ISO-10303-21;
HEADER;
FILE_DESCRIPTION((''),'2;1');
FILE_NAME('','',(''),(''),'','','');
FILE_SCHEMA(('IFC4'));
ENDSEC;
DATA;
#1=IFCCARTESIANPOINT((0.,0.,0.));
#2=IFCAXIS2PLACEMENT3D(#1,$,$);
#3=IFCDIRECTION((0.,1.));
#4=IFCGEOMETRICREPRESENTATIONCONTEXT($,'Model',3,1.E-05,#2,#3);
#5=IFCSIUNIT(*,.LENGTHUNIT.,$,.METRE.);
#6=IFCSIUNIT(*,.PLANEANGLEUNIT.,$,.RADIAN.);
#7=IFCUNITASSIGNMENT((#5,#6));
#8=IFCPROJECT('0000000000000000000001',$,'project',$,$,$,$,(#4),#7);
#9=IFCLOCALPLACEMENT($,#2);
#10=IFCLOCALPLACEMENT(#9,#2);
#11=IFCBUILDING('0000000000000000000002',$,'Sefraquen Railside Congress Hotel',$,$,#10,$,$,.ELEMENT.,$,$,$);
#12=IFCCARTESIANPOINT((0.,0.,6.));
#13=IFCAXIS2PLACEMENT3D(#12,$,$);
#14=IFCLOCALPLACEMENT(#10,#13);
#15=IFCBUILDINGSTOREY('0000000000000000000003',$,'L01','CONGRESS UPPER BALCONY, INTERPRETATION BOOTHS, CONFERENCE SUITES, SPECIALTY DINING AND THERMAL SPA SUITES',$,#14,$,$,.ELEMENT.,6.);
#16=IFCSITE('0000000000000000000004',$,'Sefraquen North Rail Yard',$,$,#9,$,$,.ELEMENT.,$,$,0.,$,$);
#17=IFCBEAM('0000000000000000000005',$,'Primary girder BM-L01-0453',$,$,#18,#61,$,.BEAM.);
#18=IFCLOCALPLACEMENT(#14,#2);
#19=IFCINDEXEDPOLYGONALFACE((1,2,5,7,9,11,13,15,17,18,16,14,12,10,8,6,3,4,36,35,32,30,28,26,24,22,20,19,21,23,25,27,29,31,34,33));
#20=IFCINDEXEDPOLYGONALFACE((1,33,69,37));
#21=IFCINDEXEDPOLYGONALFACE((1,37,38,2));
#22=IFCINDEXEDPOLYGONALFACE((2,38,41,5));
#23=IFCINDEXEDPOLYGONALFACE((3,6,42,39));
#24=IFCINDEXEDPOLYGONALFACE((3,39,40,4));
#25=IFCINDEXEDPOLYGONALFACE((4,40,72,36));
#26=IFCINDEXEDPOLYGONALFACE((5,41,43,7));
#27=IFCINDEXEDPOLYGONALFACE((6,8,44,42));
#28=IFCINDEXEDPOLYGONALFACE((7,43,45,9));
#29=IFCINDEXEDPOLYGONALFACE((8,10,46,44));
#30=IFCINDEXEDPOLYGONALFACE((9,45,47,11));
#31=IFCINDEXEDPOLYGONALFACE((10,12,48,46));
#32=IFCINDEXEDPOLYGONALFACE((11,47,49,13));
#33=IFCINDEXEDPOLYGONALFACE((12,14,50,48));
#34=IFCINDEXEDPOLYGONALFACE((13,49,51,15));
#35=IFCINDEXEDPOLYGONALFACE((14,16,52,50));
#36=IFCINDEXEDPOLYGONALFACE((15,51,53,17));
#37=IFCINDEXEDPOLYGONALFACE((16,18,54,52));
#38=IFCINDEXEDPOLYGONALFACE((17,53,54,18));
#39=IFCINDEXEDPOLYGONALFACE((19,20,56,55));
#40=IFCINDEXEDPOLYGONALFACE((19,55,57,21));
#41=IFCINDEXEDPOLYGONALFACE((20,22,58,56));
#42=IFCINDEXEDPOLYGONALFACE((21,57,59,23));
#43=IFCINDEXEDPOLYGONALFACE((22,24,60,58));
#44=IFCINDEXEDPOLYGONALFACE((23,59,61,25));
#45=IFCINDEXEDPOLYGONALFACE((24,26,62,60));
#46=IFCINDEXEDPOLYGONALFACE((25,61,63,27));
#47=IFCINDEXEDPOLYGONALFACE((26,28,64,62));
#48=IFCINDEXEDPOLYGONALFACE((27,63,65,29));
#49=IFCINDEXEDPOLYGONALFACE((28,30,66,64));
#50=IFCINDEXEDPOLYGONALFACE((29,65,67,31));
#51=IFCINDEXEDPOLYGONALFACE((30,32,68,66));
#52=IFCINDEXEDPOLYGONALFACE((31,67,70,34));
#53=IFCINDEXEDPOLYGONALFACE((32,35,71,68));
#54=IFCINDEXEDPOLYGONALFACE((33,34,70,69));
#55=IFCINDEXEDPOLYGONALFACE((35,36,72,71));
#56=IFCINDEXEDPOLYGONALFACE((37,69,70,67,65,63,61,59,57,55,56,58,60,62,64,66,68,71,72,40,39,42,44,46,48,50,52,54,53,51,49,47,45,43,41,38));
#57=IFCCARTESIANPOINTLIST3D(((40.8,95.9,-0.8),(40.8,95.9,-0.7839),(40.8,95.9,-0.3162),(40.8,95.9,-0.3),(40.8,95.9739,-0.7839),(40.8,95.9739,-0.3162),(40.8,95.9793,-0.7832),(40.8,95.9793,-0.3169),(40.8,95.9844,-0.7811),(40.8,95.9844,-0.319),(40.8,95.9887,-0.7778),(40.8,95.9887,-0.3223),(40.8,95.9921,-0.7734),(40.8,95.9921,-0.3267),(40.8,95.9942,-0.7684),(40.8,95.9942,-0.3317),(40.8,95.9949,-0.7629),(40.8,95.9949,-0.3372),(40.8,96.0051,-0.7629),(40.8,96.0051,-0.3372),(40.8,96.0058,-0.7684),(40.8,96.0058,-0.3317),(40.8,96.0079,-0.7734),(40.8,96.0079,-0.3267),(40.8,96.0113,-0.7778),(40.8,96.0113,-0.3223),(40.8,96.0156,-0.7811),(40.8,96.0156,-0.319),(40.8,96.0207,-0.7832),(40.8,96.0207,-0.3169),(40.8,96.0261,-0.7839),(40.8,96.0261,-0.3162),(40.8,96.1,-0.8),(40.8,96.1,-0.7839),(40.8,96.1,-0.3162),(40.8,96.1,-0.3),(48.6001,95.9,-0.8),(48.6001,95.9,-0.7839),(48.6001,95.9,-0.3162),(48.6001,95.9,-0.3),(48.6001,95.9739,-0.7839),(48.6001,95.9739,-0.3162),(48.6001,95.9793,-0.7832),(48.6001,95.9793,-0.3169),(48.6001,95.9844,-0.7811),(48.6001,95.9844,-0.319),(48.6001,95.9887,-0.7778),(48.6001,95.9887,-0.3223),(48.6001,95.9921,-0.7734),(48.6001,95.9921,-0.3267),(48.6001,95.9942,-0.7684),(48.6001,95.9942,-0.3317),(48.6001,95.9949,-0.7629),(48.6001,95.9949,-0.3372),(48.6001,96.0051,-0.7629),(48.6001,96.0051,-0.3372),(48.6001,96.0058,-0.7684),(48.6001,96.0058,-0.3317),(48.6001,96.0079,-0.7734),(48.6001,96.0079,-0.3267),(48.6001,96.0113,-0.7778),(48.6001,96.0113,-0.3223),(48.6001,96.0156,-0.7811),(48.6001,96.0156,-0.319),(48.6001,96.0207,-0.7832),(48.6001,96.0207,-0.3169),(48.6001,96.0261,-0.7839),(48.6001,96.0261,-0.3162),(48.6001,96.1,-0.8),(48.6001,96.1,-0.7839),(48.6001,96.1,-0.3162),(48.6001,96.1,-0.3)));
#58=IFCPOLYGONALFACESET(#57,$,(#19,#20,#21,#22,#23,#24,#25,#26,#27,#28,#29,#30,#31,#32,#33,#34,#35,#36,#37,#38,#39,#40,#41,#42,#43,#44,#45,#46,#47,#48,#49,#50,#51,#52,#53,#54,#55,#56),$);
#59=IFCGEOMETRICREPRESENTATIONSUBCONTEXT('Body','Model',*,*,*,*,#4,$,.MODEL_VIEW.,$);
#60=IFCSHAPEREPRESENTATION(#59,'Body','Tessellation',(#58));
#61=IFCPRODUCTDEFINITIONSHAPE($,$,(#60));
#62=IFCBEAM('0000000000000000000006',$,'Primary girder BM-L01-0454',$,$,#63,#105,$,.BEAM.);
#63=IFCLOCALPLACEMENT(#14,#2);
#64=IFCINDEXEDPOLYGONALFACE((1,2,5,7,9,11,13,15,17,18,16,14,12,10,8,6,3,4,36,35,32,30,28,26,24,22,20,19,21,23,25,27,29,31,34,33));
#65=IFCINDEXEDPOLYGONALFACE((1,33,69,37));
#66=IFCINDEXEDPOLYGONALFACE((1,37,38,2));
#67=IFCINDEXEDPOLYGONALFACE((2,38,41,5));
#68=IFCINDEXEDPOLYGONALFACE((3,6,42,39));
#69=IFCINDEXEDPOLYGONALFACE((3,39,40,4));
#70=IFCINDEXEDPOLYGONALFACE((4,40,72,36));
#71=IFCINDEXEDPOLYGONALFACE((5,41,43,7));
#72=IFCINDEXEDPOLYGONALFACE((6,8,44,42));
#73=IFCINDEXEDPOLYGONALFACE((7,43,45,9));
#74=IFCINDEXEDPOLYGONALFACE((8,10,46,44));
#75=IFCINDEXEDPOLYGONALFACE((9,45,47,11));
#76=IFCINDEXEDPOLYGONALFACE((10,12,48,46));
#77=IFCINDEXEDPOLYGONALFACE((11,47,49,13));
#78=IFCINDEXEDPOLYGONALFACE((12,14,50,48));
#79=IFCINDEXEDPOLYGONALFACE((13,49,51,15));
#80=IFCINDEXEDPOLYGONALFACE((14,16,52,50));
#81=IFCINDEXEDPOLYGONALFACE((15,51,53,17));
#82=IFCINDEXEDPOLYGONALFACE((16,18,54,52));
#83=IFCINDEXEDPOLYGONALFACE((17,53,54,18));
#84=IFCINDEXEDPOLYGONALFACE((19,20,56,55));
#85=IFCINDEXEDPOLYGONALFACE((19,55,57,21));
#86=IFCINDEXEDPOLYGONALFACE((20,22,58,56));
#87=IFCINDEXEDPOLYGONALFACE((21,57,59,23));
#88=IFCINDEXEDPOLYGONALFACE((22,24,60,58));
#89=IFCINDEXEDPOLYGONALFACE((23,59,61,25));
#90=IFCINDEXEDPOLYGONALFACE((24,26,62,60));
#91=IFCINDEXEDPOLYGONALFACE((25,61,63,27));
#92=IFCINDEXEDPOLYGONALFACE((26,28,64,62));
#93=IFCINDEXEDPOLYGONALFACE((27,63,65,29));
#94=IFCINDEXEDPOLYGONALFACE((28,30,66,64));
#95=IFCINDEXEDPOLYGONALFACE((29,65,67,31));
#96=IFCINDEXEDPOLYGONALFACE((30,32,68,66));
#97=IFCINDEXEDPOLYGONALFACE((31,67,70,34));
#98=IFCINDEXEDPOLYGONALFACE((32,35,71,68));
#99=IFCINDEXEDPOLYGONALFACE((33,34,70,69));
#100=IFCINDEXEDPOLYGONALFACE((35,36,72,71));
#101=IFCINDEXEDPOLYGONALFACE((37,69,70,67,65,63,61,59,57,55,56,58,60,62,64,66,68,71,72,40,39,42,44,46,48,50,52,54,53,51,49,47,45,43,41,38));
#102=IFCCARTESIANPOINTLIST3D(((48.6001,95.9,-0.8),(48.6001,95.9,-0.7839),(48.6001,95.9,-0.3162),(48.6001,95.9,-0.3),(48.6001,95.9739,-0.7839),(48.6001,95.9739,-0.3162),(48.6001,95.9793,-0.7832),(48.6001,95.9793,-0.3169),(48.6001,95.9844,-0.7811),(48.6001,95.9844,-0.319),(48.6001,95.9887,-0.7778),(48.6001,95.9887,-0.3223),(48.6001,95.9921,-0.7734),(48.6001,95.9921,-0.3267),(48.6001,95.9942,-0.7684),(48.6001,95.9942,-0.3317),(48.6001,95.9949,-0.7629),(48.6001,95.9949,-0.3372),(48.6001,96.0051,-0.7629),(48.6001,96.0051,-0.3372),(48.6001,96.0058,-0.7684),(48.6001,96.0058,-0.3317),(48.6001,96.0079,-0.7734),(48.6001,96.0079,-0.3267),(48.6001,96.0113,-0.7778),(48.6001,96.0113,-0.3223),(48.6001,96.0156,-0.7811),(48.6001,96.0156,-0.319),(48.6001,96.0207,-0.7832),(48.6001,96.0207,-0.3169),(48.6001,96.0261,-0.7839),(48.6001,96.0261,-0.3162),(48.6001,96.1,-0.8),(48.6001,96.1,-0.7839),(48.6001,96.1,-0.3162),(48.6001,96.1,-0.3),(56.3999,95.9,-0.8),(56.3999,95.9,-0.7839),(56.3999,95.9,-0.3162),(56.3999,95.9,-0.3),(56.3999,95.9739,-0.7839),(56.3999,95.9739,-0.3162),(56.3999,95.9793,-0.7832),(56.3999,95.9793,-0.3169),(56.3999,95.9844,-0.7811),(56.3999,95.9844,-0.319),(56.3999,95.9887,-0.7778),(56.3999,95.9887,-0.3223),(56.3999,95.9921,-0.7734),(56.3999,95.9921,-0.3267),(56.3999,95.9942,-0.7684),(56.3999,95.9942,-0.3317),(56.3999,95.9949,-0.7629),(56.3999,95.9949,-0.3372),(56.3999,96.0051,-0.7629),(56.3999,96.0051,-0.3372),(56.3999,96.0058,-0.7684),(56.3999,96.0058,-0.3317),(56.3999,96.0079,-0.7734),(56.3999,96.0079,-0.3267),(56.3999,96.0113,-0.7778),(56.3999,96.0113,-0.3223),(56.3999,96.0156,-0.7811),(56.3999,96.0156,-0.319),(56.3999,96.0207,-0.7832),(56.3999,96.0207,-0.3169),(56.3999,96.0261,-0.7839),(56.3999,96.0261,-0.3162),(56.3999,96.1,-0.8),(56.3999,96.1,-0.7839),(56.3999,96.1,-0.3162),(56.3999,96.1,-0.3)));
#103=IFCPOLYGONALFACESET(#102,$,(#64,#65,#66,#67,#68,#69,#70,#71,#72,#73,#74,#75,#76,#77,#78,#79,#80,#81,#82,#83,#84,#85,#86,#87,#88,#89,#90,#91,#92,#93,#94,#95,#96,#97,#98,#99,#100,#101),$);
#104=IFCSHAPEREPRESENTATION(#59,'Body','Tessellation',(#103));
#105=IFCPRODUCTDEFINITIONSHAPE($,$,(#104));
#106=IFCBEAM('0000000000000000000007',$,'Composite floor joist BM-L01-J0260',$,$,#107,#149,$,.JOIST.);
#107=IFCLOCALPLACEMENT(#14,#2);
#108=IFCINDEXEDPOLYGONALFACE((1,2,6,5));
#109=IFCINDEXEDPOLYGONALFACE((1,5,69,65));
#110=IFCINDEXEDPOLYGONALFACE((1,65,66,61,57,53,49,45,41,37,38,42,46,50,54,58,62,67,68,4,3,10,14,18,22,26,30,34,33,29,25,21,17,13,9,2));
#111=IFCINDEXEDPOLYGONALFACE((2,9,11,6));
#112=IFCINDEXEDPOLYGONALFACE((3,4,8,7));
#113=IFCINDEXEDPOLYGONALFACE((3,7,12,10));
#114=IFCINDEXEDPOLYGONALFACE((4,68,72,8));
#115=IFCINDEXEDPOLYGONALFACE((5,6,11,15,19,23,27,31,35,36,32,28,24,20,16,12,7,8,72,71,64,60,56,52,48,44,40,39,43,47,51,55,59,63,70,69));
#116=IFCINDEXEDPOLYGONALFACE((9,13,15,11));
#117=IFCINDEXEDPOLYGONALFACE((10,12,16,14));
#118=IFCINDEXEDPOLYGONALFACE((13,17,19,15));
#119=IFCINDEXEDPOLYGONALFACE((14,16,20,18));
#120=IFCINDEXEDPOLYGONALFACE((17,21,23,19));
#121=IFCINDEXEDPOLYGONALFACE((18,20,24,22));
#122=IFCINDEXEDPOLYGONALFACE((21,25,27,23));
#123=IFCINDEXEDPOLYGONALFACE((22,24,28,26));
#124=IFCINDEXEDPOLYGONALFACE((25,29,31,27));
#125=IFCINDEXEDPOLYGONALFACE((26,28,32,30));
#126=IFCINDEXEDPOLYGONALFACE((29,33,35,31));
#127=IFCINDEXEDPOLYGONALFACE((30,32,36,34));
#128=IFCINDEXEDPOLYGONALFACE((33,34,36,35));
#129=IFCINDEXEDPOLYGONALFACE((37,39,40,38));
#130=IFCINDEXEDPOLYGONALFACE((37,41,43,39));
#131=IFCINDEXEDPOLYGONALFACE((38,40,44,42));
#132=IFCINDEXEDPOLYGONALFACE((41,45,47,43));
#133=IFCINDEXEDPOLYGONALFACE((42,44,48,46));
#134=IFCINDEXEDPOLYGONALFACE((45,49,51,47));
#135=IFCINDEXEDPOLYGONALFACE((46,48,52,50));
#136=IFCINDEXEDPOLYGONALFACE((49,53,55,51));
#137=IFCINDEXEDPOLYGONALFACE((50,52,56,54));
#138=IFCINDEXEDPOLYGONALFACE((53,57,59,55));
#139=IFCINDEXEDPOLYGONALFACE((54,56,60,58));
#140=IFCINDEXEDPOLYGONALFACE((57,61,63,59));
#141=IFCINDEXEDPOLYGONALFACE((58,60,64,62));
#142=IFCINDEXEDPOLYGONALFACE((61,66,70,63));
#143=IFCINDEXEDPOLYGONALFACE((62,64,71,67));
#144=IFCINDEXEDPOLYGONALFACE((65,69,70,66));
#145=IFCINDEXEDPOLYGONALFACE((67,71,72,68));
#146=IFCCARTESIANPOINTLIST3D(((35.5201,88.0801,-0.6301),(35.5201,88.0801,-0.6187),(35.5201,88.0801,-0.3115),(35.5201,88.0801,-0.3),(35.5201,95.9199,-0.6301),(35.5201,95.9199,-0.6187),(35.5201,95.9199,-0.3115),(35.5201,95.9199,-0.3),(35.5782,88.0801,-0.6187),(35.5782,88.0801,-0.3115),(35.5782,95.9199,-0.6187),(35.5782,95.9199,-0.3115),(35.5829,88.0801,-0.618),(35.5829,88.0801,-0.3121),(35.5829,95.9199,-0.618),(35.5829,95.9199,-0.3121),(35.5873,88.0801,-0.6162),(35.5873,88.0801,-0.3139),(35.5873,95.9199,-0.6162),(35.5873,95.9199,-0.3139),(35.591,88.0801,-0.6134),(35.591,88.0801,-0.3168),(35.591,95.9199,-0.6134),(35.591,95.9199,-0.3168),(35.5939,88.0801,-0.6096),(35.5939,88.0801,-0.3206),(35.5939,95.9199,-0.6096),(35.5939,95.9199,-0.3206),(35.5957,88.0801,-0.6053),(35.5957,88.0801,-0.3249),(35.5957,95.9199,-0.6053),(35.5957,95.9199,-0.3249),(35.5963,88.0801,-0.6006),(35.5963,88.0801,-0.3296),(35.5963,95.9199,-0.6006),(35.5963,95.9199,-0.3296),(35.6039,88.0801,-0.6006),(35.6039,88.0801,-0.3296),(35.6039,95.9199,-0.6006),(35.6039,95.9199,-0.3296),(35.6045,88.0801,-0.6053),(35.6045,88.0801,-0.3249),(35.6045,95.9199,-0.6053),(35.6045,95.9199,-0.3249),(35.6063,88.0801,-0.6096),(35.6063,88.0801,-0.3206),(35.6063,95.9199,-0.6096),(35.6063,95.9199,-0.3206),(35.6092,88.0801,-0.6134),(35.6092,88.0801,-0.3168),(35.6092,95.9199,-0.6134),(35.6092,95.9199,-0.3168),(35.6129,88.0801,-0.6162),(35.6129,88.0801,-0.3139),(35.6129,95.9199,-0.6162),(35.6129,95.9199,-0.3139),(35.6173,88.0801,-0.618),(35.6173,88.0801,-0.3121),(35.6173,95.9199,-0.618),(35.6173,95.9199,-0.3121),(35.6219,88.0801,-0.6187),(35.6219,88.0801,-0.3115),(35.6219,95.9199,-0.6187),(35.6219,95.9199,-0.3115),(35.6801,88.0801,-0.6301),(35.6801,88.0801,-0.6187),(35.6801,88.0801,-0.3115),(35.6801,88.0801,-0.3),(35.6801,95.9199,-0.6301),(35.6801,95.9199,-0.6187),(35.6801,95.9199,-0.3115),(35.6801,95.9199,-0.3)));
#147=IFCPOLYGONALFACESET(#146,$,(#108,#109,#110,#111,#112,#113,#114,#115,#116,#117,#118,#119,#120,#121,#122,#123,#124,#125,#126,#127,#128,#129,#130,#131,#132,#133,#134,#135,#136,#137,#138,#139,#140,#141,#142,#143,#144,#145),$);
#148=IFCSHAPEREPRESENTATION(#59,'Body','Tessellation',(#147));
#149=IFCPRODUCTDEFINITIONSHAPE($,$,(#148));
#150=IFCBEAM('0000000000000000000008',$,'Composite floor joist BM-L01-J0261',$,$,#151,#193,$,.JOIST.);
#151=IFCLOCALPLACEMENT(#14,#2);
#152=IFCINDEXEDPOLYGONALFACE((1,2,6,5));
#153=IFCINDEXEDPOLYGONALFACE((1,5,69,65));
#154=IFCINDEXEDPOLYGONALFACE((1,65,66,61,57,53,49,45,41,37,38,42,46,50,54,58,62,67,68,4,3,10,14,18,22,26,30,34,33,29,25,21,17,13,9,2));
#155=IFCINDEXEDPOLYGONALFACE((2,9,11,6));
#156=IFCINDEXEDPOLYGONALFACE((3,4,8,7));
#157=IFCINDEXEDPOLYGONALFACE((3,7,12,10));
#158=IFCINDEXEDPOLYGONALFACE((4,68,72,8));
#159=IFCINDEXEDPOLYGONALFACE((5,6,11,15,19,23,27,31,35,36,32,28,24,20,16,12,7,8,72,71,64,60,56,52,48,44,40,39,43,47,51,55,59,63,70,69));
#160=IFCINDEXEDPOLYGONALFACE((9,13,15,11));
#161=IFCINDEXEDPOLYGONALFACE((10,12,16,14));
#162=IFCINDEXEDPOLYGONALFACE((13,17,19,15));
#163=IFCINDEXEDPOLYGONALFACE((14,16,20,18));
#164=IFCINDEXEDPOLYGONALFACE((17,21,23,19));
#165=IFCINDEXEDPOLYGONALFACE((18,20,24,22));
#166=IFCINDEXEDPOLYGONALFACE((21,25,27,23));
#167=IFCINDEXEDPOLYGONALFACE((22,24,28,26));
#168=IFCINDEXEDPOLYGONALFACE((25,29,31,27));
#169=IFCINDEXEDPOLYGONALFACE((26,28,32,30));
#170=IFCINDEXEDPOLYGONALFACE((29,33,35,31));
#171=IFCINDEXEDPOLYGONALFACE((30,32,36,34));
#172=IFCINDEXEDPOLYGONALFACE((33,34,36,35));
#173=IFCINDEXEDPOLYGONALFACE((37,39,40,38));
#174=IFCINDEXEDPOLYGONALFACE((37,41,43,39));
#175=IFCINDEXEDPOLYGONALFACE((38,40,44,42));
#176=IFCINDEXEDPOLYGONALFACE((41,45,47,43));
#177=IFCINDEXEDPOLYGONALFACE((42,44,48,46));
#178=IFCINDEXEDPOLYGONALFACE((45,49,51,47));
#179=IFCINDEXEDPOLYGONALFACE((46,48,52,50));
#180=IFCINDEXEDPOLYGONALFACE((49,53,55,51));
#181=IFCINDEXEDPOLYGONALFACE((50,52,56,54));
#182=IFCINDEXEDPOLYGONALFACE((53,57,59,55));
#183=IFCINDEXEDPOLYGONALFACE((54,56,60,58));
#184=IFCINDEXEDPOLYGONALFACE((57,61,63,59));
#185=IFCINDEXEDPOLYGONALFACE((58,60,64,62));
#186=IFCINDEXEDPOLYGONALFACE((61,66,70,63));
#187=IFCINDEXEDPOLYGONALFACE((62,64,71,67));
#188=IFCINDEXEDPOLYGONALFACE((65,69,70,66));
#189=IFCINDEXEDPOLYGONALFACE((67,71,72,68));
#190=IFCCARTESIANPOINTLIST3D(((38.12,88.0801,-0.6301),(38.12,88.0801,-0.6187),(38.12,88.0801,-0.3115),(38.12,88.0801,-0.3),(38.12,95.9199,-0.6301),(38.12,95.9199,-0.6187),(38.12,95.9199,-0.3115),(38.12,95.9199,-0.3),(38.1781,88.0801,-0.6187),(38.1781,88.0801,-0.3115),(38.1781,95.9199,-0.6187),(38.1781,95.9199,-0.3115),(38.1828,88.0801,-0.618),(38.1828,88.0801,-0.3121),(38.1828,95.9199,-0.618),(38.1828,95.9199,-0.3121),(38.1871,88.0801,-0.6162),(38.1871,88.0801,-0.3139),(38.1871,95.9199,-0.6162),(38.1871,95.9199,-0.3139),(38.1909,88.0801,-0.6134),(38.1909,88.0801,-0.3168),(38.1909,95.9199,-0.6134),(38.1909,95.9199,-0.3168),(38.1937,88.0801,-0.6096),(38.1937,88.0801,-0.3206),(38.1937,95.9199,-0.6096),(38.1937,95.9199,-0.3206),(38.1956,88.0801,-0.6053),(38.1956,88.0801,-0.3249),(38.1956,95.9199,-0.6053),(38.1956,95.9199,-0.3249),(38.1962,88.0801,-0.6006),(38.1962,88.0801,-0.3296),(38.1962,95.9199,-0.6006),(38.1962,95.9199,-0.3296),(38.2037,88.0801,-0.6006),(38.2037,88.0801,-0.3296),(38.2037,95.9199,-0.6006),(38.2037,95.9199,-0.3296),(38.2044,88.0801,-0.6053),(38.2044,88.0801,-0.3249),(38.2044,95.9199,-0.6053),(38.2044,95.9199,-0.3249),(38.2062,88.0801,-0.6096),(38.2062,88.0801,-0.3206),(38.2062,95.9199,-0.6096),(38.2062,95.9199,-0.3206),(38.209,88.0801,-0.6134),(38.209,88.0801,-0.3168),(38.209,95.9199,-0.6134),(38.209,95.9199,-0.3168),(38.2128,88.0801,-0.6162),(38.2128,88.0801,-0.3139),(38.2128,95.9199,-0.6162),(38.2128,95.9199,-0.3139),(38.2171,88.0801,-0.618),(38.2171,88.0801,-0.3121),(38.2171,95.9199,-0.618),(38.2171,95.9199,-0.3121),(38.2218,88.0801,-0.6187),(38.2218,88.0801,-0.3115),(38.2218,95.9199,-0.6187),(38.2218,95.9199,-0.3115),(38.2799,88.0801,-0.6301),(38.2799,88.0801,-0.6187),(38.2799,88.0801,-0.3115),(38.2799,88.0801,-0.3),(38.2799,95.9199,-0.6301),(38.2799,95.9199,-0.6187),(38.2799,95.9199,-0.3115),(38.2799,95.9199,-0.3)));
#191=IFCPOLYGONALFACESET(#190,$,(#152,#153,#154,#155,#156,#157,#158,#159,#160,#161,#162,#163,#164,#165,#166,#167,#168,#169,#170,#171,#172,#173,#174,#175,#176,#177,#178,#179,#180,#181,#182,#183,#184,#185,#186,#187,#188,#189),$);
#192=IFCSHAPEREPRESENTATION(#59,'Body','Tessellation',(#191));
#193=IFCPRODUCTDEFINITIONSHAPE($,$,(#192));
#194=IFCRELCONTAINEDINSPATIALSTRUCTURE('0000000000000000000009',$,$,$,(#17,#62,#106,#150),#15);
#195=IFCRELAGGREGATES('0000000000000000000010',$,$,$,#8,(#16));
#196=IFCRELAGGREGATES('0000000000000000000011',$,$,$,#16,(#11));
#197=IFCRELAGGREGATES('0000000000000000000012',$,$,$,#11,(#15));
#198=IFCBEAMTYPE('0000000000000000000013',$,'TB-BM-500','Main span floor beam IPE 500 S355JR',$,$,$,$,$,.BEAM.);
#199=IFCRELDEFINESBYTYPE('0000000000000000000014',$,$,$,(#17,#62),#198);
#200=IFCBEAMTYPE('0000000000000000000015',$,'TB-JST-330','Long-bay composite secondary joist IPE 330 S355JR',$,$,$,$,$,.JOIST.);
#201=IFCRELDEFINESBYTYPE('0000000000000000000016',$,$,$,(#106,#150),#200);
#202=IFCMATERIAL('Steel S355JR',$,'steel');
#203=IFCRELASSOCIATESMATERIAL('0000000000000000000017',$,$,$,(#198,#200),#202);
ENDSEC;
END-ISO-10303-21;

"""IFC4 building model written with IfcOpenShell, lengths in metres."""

from ifc_helpers import new_model, si_unit, direction, frame, origin, origin_2d, place, context, subcontext, project, spatial, i_section, extrude, material, material_profile, profile_set, type_object, element, save


model = new_model("IFC4")

# Units and contexts
model_context = context("Model", 3, precision=1e-05, world=origin(), true_north=direction((0.0, 1.0)))
body_context = subcontext(model_context, "Body", "Model", "MODEL_VIEW")
ifc_project = project(units=[si_unit("LENGTHUNIT", "METRE"), si_unit("PLANEANGLEUNIT", "RADIAN")], contexts=[model_context])

# Site, building, storey
site_placement = place(None, origin())
site = spatial("IfcSite", under=ifc_project, at=site_placement, Name="Sefraquen North Rail Yard", CompositionType="ELEMENT", RefElevation=0.0)
building_placement = place(site_placement, origin())
building = spatial("IfcBuilding", under=site, at=building_placement, Name="Sefraquen Railside Congress Hotel", CompositionType="ELEMENT")
storey_placement = place(building_placement, frame((0.0, 0.0, 6.0)))
storey = spatial("IfcBuildingStorey", under=building, at=storey_placement, Name="L01", Description="CONGRESS UPPER BALCONY, INTERPRETATION BOOTHS, CONFERENCE SUITES, SPECIALTY DINING AND THERMAL SPA SUITES", CompositionType="ELEMENT", Elevation=6.0)

# Beams
ifc_material_1 = material(Name="Steel S355JR", Category="steel")
ifc_material_profile_1 = material_profile(ifc_material_1, i_section(OverallWidth=0.2, OverallDepth=0.5, WebThickness=0.0103, FlangeThickness=0.0161, FilletRadius=0.021, at=origin_2d()), Name="IPE 500")
ifc_profile_set_1 = profile_set([ifc_material_profile_1], Name="Steel S355JR")
beam_type_1 = type_object("IfcBeamType", Name="TB-BM-500", Description="Main span floor beam IPE 500 S355JR", PredefinedType="BEAM", material=ifc_profile_set_1)
beam_1_placement = place(storey_placement, frame((40.8, 96.0, -0.55), z_axis=(1.0, 0.0, 0.0), x_axis=(0.0, 1.0, 0.0)))
element("IfcBeam", 1, at=beam_1_placement, inside=storey, type_object=beam_type_1, Name="Primary girder BM-L01-0453", PredefinedType="BEAM", context=body_context, shape_type="SweptSolid", body=[
    extrude(i_section(OverallWidth=0.2, OverallDepth=0.5, WebThickness=0.0103, FlangeThickness=0.0161, FilletRadius=0.021, at=origin_2d()), origin(), (0.0, 0.0, 1.0), 7.8),
])
beam_2_placement = place(storey_placement, frame((48.6001, 96.0, -0.55), z_axis=(1.0, 0.0, 0.0), x_axis=(0.0, 1.0, 0.0)))
element("IfcBeam", 2, at=beam_2_placement, inside=storey, type_object=beam_type_1, Name="Primary girder BM-L01-0454", PredefinedType="BEAM", context=body_context, shape_type="SweptSolid", body=[
    extrude(i_section(OverallWidth=0.2, OverallDepth=0.5, WebThickness=0.0103, FlangeThickness=0.0161, FilletRadius=0.021, at=origin_2d()), origin(), (0.0, 0.0, 1.0), 7.7998),
])
ifc_material_profile_2 = material_profile(ifc_material_1, i_section(OverallWidth=0.1599, OverallDepth=0.3301, WebThickness=0.0076, FlangeThickness=0.0115, FilletRadius=0.0181, at=origin_2d()), Name="IPE 330")
ifc_profile_set_2 = profile_set([ifc_material_profile_2], Name="Steel S355JR")
beam_type_2 = type_object("IfcBeamType", Name="TB-JST-330", Description="Long-bay composite secondary joist IPE 330 S355JR", PredefinedType="JOIST", material=ifc_profile_set_2)
for number, where, z_axis, x_axis, name in (
    (3, (35.6001, 88.0801, -0.4651), (0.0, 1.0, 0.0), (-1.0, 0.0, 0.0), "Composite floor joist BM-L01-J0260"),
    (4, (38.2, 88.0801, -0.4651), (0.0, 1.0, 0.0), (-1.0, 0.0, 0.0), "Composite floor joist BM-L01-J0261"),
):
    element("IfcBeam", number, at=place(storey_placement, frame(where, z_axis=z_axis, x_axis=x_axis)), inside=storey, type_object=beam_type_2, Name=name, PredefinedType="JOIST", context=body_context, shape_type="SweptSolid", body=[
        extrude(i_section(OverallWidth=0.1599, OverallDepth=0.3301, WebThickness=0.0076, FlangeThickness=0.0115, FilletRadius=0.0181, at=origin_2d()), origin(), (0.0, 0.0, 1.0), 7.8398),
    ])

save(model, "model.ifc")
